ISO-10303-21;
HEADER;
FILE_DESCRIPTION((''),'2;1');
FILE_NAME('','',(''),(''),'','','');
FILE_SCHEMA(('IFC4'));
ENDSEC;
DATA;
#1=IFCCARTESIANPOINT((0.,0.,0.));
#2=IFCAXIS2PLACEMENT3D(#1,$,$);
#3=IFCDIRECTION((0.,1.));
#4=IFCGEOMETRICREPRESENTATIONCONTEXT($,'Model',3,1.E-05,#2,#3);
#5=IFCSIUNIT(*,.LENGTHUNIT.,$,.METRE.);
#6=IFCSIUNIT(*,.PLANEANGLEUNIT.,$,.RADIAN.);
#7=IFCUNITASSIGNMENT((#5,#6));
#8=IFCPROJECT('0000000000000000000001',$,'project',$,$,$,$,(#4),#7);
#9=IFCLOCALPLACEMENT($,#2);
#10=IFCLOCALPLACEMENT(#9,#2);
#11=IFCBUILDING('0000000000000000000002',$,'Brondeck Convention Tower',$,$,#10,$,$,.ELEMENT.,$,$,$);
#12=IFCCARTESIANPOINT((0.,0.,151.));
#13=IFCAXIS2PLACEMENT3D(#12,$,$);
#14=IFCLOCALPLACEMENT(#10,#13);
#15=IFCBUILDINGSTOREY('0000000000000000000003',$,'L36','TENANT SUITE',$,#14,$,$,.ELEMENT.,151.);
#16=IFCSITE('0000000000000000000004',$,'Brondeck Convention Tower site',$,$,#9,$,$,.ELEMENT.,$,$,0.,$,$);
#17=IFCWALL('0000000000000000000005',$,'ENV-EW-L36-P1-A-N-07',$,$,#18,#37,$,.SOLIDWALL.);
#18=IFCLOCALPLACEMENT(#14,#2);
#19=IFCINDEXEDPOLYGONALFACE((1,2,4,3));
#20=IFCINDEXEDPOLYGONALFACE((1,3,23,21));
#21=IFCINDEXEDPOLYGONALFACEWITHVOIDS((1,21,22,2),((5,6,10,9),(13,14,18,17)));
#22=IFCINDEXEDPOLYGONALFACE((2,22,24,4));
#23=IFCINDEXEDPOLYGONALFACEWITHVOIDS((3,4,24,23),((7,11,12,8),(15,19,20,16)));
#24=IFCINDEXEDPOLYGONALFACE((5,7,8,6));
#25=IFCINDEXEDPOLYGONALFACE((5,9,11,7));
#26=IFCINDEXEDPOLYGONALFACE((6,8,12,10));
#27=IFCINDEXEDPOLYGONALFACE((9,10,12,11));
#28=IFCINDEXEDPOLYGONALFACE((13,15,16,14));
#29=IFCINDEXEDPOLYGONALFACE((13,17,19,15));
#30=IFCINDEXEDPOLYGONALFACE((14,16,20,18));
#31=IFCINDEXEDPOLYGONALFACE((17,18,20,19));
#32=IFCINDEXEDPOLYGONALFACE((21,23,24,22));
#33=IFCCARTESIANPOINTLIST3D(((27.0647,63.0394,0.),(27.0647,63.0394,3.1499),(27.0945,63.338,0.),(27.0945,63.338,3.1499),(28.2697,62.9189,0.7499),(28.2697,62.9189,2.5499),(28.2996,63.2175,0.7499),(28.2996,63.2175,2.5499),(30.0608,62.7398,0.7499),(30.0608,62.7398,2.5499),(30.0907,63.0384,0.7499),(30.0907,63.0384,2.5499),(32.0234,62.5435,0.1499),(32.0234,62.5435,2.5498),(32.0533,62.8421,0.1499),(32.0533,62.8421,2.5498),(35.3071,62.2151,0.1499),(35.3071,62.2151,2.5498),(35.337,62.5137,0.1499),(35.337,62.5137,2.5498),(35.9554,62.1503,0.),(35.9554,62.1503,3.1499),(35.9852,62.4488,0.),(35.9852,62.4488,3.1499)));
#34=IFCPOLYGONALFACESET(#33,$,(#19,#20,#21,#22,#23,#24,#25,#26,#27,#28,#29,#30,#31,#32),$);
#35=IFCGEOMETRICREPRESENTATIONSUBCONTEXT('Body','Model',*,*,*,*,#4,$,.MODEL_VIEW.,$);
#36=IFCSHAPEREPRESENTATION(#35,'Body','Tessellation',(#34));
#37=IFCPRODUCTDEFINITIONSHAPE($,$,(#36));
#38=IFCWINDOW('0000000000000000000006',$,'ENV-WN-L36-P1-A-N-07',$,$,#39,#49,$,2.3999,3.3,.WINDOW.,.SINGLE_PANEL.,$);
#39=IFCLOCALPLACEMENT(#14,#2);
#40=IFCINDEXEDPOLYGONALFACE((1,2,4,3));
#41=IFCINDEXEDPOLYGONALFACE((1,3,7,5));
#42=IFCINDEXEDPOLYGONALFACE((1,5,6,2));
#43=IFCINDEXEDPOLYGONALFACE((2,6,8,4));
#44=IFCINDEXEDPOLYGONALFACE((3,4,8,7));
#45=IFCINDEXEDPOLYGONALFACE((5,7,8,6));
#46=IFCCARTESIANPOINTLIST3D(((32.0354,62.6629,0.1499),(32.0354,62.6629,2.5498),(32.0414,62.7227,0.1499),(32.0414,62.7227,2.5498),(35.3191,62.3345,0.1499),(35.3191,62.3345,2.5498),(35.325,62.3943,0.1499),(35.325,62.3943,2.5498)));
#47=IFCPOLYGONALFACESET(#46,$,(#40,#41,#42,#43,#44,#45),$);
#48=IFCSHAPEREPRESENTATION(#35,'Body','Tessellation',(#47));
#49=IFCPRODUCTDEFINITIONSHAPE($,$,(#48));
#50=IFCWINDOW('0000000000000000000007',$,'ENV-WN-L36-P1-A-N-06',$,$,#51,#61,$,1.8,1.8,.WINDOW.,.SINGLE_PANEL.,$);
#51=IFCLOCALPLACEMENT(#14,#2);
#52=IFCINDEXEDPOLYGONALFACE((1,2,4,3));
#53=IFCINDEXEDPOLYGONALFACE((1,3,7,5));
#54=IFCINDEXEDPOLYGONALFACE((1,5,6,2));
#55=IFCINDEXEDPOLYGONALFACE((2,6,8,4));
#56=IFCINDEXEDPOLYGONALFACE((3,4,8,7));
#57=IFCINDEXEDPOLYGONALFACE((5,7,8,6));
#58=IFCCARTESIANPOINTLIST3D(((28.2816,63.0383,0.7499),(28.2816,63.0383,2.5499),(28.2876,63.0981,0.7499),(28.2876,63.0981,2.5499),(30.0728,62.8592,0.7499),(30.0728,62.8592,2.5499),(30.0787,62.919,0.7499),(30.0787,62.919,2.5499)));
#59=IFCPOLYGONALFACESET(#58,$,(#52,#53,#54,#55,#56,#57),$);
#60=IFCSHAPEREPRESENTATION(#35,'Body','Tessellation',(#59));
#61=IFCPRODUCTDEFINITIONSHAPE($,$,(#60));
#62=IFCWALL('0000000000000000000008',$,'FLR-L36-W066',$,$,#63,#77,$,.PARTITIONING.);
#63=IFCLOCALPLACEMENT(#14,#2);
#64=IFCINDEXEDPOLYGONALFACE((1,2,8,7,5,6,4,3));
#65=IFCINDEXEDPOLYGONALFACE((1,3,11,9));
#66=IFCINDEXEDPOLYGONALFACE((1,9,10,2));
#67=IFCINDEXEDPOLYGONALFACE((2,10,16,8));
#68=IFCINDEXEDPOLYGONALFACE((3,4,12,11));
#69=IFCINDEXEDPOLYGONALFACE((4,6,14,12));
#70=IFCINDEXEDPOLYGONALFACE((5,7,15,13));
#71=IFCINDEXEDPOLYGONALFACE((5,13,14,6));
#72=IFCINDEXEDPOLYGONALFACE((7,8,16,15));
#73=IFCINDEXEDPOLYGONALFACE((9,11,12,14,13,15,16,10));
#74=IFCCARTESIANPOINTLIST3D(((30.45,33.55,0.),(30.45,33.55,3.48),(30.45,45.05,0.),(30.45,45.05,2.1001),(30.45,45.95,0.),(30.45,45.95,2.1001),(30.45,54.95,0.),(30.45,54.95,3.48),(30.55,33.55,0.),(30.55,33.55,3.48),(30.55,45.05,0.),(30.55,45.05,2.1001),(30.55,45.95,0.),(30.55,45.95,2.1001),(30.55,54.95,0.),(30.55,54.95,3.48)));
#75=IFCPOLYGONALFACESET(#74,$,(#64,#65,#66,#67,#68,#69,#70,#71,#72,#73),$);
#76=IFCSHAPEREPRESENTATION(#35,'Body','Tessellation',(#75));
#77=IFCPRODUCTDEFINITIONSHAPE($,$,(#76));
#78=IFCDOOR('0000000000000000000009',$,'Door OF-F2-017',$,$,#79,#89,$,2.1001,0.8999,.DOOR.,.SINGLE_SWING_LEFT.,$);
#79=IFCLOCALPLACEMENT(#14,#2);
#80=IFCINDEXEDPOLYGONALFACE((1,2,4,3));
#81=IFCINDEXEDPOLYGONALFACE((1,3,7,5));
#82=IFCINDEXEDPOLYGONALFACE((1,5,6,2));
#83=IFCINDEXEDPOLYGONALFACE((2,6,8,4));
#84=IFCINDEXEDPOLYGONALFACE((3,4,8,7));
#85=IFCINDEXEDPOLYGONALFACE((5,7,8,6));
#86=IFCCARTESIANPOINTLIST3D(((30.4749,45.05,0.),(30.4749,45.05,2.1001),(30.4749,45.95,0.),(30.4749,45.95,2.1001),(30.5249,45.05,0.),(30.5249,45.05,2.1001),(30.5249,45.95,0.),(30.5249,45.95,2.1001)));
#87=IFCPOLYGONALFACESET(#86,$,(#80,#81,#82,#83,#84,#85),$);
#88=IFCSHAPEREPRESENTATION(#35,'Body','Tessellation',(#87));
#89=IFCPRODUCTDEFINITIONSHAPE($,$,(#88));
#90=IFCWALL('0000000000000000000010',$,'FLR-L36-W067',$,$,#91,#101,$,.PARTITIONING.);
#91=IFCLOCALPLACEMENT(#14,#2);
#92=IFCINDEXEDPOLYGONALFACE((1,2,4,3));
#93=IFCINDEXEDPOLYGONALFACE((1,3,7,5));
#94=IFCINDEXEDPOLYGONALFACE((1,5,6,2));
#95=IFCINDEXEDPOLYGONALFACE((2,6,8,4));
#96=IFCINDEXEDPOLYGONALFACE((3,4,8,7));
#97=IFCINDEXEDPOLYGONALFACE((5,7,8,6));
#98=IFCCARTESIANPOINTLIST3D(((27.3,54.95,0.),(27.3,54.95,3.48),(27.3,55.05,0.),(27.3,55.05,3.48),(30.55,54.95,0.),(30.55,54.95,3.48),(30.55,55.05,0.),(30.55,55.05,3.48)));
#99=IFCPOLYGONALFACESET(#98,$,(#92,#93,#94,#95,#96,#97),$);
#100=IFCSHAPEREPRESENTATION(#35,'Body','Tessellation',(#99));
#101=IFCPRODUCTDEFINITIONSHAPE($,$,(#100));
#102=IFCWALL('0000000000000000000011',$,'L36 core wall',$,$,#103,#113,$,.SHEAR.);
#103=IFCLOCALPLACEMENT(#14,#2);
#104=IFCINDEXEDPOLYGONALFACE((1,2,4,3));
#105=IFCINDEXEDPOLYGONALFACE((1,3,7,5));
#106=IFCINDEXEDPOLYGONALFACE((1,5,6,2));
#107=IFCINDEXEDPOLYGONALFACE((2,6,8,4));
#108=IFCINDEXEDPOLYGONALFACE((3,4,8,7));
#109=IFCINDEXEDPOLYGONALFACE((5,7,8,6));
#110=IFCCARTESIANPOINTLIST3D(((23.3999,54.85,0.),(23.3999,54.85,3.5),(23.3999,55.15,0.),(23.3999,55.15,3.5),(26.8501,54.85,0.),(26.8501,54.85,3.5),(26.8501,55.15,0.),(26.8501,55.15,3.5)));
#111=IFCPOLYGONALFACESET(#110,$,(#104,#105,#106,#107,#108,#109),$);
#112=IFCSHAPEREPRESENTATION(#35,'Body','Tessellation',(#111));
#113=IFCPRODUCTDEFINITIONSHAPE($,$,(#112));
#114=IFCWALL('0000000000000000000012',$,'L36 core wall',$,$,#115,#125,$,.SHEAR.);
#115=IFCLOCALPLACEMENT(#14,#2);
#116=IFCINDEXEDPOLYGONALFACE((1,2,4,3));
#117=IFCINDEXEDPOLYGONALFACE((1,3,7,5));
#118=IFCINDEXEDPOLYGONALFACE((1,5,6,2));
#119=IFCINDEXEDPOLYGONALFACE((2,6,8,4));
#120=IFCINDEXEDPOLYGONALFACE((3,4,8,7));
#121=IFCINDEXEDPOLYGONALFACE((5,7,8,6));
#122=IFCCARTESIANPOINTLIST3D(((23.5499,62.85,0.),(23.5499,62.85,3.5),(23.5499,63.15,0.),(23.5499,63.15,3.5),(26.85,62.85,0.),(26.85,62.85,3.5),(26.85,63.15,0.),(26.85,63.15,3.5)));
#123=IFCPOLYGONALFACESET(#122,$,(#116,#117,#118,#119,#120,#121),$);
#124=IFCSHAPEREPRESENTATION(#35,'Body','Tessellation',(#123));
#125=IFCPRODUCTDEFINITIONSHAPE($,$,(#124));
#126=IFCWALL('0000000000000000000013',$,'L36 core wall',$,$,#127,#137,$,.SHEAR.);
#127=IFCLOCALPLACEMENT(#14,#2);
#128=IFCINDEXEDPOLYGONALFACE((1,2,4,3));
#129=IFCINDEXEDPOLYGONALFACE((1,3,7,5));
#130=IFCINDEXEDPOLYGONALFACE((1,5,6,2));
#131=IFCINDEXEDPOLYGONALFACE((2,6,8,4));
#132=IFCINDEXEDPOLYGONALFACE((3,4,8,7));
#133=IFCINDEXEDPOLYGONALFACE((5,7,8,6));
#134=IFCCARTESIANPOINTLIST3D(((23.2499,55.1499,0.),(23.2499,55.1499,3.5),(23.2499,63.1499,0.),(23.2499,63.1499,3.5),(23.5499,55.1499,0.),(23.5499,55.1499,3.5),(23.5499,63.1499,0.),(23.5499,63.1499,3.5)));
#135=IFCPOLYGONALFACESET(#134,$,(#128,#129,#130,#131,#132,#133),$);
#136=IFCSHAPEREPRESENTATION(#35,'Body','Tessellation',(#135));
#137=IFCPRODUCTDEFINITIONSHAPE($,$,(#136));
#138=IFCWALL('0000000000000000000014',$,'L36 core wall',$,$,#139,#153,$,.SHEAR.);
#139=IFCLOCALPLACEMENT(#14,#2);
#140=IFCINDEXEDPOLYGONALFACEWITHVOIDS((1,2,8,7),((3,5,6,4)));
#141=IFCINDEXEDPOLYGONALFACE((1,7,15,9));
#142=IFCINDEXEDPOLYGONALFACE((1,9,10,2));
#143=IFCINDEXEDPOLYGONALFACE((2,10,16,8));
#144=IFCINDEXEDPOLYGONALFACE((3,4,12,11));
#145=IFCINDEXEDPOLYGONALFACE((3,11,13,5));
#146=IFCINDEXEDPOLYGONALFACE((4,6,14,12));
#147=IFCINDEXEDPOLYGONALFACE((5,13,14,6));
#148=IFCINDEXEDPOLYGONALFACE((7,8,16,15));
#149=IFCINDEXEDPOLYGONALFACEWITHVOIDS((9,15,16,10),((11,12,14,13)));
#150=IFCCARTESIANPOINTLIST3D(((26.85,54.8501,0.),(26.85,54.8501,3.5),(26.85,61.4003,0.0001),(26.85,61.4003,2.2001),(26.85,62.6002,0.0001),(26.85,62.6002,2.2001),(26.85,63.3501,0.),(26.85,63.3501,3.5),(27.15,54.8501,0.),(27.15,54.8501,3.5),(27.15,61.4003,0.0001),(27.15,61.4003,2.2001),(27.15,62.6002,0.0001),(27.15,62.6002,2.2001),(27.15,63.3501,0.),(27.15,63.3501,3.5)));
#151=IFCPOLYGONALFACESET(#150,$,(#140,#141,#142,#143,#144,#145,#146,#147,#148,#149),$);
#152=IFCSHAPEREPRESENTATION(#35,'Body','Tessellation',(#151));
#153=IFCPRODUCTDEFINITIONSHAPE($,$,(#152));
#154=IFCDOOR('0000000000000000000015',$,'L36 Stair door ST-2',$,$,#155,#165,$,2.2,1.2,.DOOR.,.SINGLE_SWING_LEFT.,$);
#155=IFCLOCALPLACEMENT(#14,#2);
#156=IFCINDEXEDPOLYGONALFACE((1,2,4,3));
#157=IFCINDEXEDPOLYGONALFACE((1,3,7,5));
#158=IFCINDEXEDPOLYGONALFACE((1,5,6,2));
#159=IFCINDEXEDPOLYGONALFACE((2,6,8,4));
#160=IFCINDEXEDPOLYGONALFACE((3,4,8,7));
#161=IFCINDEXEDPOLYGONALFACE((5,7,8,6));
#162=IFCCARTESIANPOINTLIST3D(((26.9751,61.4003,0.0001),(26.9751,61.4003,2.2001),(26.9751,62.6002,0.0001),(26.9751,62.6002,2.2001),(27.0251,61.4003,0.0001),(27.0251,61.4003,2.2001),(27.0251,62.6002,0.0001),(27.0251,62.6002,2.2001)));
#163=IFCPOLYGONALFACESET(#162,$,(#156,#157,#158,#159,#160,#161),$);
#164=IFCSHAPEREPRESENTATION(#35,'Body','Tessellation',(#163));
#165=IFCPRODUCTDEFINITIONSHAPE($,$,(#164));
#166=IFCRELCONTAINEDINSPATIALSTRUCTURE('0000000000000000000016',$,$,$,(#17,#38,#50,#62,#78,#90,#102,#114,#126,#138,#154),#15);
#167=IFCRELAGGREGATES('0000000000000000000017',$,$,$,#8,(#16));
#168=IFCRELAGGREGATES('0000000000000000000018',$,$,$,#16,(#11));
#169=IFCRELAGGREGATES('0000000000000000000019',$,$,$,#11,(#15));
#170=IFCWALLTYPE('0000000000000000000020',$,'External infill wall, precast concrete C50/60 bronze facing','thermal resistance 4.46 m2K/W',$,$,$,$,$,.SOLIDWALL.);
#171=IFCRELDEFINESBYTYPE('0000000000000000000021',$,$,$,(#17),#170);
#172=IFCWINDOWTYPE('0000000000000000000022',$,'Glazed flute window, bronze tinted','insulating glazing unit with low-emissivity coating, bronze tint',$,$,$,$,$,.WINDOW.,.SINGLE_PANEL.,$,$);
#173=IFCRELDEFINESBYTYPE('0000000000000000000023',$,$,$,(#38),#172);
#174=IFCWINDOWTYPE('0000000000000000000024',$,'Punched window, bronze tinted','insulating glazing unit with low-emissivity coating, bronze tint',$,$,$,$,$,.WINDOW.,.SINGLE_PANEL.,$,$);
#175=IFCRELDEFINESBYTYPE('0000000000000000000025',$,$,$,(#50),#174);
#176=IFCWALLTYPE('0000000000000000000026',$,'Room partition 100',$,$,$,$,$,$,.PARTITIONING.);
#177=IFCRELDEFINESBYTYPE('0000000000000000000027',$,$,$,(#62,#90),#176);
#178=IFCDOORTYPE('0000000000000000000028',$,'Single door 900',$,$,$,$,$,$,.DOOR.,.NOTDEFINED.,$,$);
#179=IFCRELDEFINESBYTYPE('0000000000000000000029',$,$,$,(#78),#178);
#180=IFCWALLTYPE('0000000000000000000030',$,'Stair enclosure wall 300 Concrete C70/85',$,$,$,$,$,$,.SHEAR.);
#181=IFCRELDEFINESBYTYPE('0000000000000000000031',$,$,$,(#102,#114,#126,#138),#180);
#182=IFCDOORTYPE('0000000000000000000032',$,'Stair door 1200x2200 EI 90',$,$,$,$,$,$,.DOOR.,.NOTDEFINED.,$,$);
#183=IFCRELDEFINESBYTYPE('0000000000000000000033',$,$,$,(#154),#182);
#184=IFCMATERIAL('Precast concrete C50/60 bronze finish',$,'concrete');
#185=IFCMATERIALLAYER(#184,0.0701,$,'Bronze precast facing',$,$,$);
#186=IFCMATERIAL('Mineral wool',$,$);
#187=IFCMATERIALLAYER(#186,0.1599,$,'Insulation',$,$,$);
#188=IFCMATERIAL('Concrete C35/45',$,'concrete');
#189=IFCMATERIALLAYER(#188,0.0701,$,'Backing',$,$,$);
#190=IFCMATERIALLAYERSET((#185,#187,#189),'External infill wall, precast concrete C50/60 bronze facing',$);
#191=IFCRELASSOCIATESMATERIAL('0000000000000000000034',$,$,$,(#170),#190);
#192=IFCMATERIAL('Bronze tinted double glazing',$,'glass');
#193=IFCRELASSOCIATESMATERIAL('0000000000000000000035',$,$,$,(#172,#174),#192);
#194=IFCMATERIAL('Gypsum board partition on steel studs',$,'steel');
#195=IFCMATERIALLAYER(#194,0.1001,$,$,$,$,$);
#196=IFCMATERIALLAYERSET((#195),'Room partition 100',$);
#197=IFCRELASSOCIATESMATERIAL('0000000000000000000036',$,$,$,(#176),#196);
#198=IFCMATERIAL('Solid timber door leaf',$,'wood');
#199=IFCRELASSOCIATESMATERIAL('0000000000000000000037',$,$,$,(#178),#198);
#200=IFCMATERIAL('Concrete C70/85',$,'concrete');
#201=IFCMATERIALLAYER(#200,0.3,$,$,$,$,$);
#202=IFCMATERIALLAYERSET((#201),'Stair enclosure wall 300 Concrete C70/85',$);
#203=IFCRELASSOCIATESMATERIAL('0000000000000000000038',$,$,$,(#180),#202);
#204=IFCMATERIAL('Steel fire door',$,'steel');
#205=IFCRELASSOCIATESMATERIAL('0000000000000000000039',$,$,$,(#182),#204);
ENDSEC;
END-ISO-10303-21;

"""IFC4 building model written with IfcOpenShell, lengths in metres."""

from ifc_helpers import new_model, si_unit, direction, frame, frame_2d, origin, place, context, subcontext, project, spatial, rectangle, extrude, material, layer, layer_set, type_object, element, fill, save


model = new_model("IFC4")

# Units and contexts
model_context = context("Model", 3, precision=1e-05, world=origin(), true_north=direction((0.0, 1.0)))
body_context = subcontext(model_context, "Body", "Model", "MODEL_VIEW")
ifc_project = project(units=[si_unit("LENGTHUNIT", "METRE"), si_unit("PLANEANGLEUNIT", "RADIAN")], contexts=[model_context])

# Site, building, storey
site_placement = place(None, origin())
site = spatial("IfcSite", under=ifc_project, at=site_placement, Name="Brondeck Convention Tower site", CompositionType="ELEMENT", RefElevation=0.0)
building_placement = place(site_placement, origin())
building = spatial("IfcBuilding", under=site, at=building_placement, Name="Brondeck Convention Tower", CompositionType="ELEMENT")
storey_placement = place(building_placement, frame((0.0, 0.0, 151.0)))
storey = spatial("IfcBuildingStorey", under=building, at=storey_placement, Name="L36", Description="TENANT SUITE", CompositionType="ELEMENT", Elevation=151.0)

# Shared definitions
ifc_material_1 = material(Name="Concrete C70/85", Category="concrete")

# Wall, openings, windows
ifc_material_2 = material(Name="Precast concrete C50/60 bronze finish", Category="concrete")
ifc_layer_1 = layer(ifc_material_2, 0.0701, Name="Bronze precast facing")
ifc_material_3 = material(Name="Mineral wool")
ifc_layer_2 = layer(ifc_material_3, 0.1599, Name="Insulation")
ifc_material_4 = material(Name="Concrete C35/45", Category="concrete")
ifc_layer_3 = layer(ifc_material_4, 0.0701, Name="Backing")
ifc_layer_set_1 = layer_set([ifc_layer_1, ifc_layer_2, ifc_layer_3], Name="External infill wall, precast concrete C50/60 bronze facing")
wall_type_1 = type_object("IfcWallType", Name="External infill wall, precast concrete C50/60 bronze facing", Description="thermal resistance 4.46 m2K/W", PredefinedType="SOLIDWALL", material=ifc_layer_set_1)
ifc_material_5 = material(Name="Bronze tinted double glazing", Category="glass")
window_type_1 = type_object("IfcWindowType", Name="Glazed flute window, bronze tinted", Description="insulating glazing unit with low-emissivity coating, bronze tint", PartitioningType="SINGLE_PANEL", PredefinedType="WINDOW", material=ifc_material_5)
window_type_2 = type_object("IfcWindowType", Name="Punched window, bronze tinted", Description="insulating glazing unit with low-emissivity coating, bronze tint", PartitioningType="SINGLE_PANEL", PredefinedType="WINDOW", material=ifc_material_5)
wall_1_placement = place(storey_placement, frame((27.0796, 63.1887, 0.0), z_axis=(0.0, 0.0, 1.0), x_axis=(0.995036, -0.099515, 0.0)))
wall_1 = element("IfcWall", 1, at=wall_1_placement, inside=storey, type_object=wall_type_1, Name="ENV-EW-L36-P1-A-N-07", PredefinedType="SOLIDWALL", context=body_context, shape_type="SweptSolid", body=[
    extrude(rectangle(XDim=8.9351, YDim=0.3, at=frame_2d((4.4675, 0.0))), origin(), (0.0, 0.0, 1.0), 3.1499),
])
opening_1_placement = place(wall_1_placement, frame((1.2112, 0.0, 0.75)))
opening_1 = element("IfcOpeningElement", 2, at=opening_1_placement, cuts=wall_1, PredefinedType="OPENING", context=body_context, shape_type="SweptSolid", body=[
    extrude(rectangle(XDim=1.8, YDim=1.8, at=frame_2d((0.8999, 0.8999))), frame((0.0, 0.1599, 0.0), z_axis=(0.0, -1.0, 0.0), x_axis=(1.0, 0.0, 0.0)), (0.0, 0.0, 1.0), 0.3201),
])
opening_2_placement = place(wall_1_placement, frame((4.9836, 0.0, 0.1499)))
opening_2 = element("IfcOpeningElement", 3, at=opening_2_placement, cuts=wall_1, PredefinedType="OPENING", context=body_context, shape_type="SweptSolid", body=[
    extrude(rectangle(XDim=3.3, YDim=2.3999, at=frame_2d((1.6499, 1.2))), frame((0.0, 0.1599, 0.0), z_axis=(0.0, -1.0, 0.0), x_axis=(1.0, 0.0, 0.0)), (0.0, 0.0, 1.0), 0.3201),
])
window_1_placement = place(opening_2_placement, origin())
window_1 = element("IfcWindow", 4, at=window_1_placement, inside=storey, type_object=window_type_1, Name="ENV-WN-L36-P1-A-N-07", OverallHeight=2.3999, OverallWidth=3.3, PartitioningType="SINGLE_PANEL", PredefinedType="WINDOW", context=body_context, shape_type="SweptSolid", body=[
    extrude(rectangle(XDim=3.3, YDim=2.3999, at=frame_2d((1.6499, 1.2))), frame((0.0, 0.03, 0.0), z_axis=(0.0, -1.0, 0.0), x_axis=(1.0, 0.0, 0.0)), (0.0, 0.0, 1.0), 0.0601),
])
fill(opening_2, window_1)
window_2_placement = place(opening_1_placement, origin())
window_2 = element("IfcWindow", 5, at=window_2_placement, inside=storey, type_object=window_type_2, Name="ENV-WN-L36-P1-A-N-06", OverallHeight=1.8, OverallWidth=1.8, PartitioningType="SINGLE_PANEL", PredefinedType="WINDOW", context=body_context, shape_type="SweptSolid", body=[
    extrude(rectangle(XDim=1.8, YDim=1.8, at=frame_2d((0.8999, 0.8999))), frame((0.0, 0.03, 0.0), z_axis=(0.0, -1.0, 0.0), x_axis=(1.0, 0.0, 0.0)), (0.0, 0.0, 1.0), 0.0601),
])
fill(opening_1, window_2)

# Wall, opening, door
ifc_material_6 = material(Name="Gypsum board partition on steel studs", Category="steel")
ifc_layer_4 = layer(ifc_material_6, 0.1001)
ifc_layer_set_2 = layer_set([ifc_layer_4], Name="Room partition 100")
wall_type_2 = type_object("IfcWallType", Name="Room partition 100", PredefinedType="PARTITIONING", material=ifc_layer_set_2)
wall_2_placement = place(storey_placement, frame((30.5, 54.95, 0.0), z_axis=(0.0, 0.0, 1.0), x_axis=(0.0, -1.0, 0.0)))
wall_2 = element("IfcWall", 6, at=wall_2_placement, inside=storey, type_object=wall_type_2, Name="FLR-L36-W066", PredefinedType="PARTITIONING", context=body_context, shape_type="SweptSolid", body=[
    extrude(rectangle(XDim=21.3999, YDim=0.1001, at=frame_2d((10.7, 0.0))), origin(), (0.0, 0.0, 1.0), 3.48),
])
opening_3_placement = place(wall_2_placement, frame((9.0, 0.0, 0.0)))
opening_3 = element("IfcOpeningElement", 7, at=opening_3_placement, cuts=wall_2, PredefinedType="OPENING", context=body_context, shape_type="SweptSolid", body=[
    extrude(rectangle(XDim=0.8999, YDim=2.1001, at=frame_2d((0.45, 1.05))), frame((0.0, 0.0601, 0.0), z_axis=(0.0, -1.0, 0.0), x_axis=(1.0, 0.0, 0.0)), (0.0, 0.0, 1.0), 0.1201),
])
ifc_material_7 = material(Name="Solid timber door leaf", Category="wood")
door_type_1 = type_object("IfcDoorType", Name="Single door 900", OperationType="NOTDEFINED", PredefinedType="DOOR", material=ifc_material_7)
door_1_placement = place(opening_3_placement, origin())
door_1 = element("IfcDoor", 8, at=door_1_placement, inside=storey, type_object=door_type_1, Name="Door OF-F2-017", OperationType="SINGLE_SWING_LEFT", OverallHeight=2.1001, OverallWidth=0.8999, PredefinedType="DOOR", context=body_context, shape_type="SweptSolid", body=[
    extrude(rectangle(XDim=0.8999, YDim=2.1001, at=frame_2d((0.45, 1.05))), frame((0.0, 0.0249, 0.0), z_axis=(0.0, -1.0, 0.0), x_axis=(1.0, 0.0, 0.0)), (0.0, 0.0, 1.0), 0.05),
])
fill(opening_3, door_1)

# Walls
wall_3_placement = place(storey_placement, frame((27.3, 55.0, 0.0), z_axis=(0.0, 0.0, 1.0), x_axis=(1.0, 0.0, 0.0)))
element("IfcWall", 9, at=wall_3_placement, inside=storey, type_object=wall_type_2, Name="FLR-L36-W067", PredefinedType="PARTITIONING", context=body_context, shape_type="SweptSolid", body=[
    extrude(rectangle(XDim=3.25, YDim=0.1001, at=frame_2d((1.625, 0.0))), origin(), (0.0, 0.0, 1.0), 3.48),
])
ifc_layer_5 = layer(ifc_material_1, 0.3)
ifc_layer_set_3 = layer_set([ifc_layer_5], Name="Stair enclosure wall 300 Concrete C70/85")
wall_type_3 = type_object("IfcWallType", Name="Stair enclosure wall 300 Concrete C70/85", PredefinedType="SHEAR", material=ifc_layer_set_3)
wall_4_placement = place(storey_placement, frame((23.3999, 55.0, 0.0), z_axis=(0.0, 0.0, 1.0), x_axis=(1.0, 0.0, 0.0)))
element("IfcWall", 10, at=wall_4_placement, inside=storey, type_object=wall_type_3, Name="L36 core wall", PredefinedType="SHEAR", context=body_context, shape_type="SweptSolid", body=[
    extrude(rectangle(XDim=3.4502, YDim=0.3, at=frame_2d((1.7251, 0.0))), origin(), (0.0, 0.0, 1.0), 3.5),
])
wall_5_placement = place(storey_placement, frame((23.55, 63.0, 0.0), z_axis=(0.0, 0.0, 1.0), x_axis=(1.0, 0.0, 0.0)))
element("IfcWall", 11, at=wall_5_placement, inside=storey, type_object=wall_type_3, Name="L36 core wall", PredefinedType="SHEAR", context=body_context, shape_type="SweptSolid", body=[
    extrude(rectangle(XDim=3.3, YDim=0.3, at=frame_2d((1.6499, 0.0))), origin(), (0.0, 0.0, 1.0), 3.5),
])
wall_6_placement = place(storey_placement, frame((23.3999, 55.1499, 0.0), z_axis=(0.0, 0.0, 1.0), x_axis=(0.0, 1.0, 0.0)))
element("IfcWall", 12, at=wall_6_placement, inside=storey, type_object=wall_type_3, Name="L36 core wall", PredefinedType="SHEAR", context=body_context, shape_type="SweptSolid", body=[
    extrude(rectangle(XDim=8.0, YDim=0.3, at=frame_2d((4.0, 0.0))), origin(), (0.0, 0.0, 1.0), 3.5),
])

# Wall, opening, door
wall_7_placement = place(storey_placement, frame((27.0, 54.8501, 0.0), z_axis=(0.0, 0.0, 1.0), x_axis=(0.0, 1.0, 0.0)))
wall_7 = element("IfcWall", 13, at=wall_7_placement, inside=storey, type_object=wall_type_3, Name="L36 core wall", PredefinedType="SHEAR", context=body_context, shape_type="SweptSolid", body=[
    extrude(rectangle(XDim=8.5, YDim=0.3, at=frame_2d((4.25, 0.0))), origin(), (0.0, 0.0, 1.0), 3.5),
])
opening_4_placement = place(wall_7_placement, frame((6.55, 0.0, 0.0)))
opening_4 = element("IfcOpeningElement", 14, at=opening_4_placement, cuts=wall_7, PredefinedType="OPENING", context=body_context, shape_type="SweptSolid", body=[
    extrude(rectangle(XDim=1.2, YDim=2.2, at=frame_2d((0.6001, 1.1001))), frame((0.0, 0.1599, 0.0), z_axis=(0.0, -1.0, 0.0), x_axis=(1.0, 0.0, 0.0)), (0.0, 0.0, 1.0), 0.3201),
])
ifc_material_8 = material(Name="Steel fire door", Category="steel")
door_type_2 = type_object("IfcDoorType", Name="Stair door 1200x2200 EI 90", OperationType="NOTDEFINED", PredefinedType="DOOR", material=ifc_material_8)
door_2_placement = place(opening_4_placement, origin())
door_2 = element("IfcDoor", 15, at=door_2_placement, inside=storey, type_object=door_type_2, Name="L36 Stair door ST-2", OperationType="SINGLE_SWING_LEFT", OverallHeight=2.2, OverallWidth=1.2, PredefinedType="DOOR", context=body_context, shape_type="SweptSolid", body=[
    extrude(rectangle(XDim=1.2, YDim=2.2, at=frame_2d((0.6001, 1.1001))), frame((0.0, 0.0249, 0.0), z_axis=(0.0, -1.0, 0.0), x_axis=(1.0, 0.0, 0.0)), (0.0, 0.0, 1.0), 0.05),
])
fill(opening_4, door_2)

save(model, "model.ifc")
